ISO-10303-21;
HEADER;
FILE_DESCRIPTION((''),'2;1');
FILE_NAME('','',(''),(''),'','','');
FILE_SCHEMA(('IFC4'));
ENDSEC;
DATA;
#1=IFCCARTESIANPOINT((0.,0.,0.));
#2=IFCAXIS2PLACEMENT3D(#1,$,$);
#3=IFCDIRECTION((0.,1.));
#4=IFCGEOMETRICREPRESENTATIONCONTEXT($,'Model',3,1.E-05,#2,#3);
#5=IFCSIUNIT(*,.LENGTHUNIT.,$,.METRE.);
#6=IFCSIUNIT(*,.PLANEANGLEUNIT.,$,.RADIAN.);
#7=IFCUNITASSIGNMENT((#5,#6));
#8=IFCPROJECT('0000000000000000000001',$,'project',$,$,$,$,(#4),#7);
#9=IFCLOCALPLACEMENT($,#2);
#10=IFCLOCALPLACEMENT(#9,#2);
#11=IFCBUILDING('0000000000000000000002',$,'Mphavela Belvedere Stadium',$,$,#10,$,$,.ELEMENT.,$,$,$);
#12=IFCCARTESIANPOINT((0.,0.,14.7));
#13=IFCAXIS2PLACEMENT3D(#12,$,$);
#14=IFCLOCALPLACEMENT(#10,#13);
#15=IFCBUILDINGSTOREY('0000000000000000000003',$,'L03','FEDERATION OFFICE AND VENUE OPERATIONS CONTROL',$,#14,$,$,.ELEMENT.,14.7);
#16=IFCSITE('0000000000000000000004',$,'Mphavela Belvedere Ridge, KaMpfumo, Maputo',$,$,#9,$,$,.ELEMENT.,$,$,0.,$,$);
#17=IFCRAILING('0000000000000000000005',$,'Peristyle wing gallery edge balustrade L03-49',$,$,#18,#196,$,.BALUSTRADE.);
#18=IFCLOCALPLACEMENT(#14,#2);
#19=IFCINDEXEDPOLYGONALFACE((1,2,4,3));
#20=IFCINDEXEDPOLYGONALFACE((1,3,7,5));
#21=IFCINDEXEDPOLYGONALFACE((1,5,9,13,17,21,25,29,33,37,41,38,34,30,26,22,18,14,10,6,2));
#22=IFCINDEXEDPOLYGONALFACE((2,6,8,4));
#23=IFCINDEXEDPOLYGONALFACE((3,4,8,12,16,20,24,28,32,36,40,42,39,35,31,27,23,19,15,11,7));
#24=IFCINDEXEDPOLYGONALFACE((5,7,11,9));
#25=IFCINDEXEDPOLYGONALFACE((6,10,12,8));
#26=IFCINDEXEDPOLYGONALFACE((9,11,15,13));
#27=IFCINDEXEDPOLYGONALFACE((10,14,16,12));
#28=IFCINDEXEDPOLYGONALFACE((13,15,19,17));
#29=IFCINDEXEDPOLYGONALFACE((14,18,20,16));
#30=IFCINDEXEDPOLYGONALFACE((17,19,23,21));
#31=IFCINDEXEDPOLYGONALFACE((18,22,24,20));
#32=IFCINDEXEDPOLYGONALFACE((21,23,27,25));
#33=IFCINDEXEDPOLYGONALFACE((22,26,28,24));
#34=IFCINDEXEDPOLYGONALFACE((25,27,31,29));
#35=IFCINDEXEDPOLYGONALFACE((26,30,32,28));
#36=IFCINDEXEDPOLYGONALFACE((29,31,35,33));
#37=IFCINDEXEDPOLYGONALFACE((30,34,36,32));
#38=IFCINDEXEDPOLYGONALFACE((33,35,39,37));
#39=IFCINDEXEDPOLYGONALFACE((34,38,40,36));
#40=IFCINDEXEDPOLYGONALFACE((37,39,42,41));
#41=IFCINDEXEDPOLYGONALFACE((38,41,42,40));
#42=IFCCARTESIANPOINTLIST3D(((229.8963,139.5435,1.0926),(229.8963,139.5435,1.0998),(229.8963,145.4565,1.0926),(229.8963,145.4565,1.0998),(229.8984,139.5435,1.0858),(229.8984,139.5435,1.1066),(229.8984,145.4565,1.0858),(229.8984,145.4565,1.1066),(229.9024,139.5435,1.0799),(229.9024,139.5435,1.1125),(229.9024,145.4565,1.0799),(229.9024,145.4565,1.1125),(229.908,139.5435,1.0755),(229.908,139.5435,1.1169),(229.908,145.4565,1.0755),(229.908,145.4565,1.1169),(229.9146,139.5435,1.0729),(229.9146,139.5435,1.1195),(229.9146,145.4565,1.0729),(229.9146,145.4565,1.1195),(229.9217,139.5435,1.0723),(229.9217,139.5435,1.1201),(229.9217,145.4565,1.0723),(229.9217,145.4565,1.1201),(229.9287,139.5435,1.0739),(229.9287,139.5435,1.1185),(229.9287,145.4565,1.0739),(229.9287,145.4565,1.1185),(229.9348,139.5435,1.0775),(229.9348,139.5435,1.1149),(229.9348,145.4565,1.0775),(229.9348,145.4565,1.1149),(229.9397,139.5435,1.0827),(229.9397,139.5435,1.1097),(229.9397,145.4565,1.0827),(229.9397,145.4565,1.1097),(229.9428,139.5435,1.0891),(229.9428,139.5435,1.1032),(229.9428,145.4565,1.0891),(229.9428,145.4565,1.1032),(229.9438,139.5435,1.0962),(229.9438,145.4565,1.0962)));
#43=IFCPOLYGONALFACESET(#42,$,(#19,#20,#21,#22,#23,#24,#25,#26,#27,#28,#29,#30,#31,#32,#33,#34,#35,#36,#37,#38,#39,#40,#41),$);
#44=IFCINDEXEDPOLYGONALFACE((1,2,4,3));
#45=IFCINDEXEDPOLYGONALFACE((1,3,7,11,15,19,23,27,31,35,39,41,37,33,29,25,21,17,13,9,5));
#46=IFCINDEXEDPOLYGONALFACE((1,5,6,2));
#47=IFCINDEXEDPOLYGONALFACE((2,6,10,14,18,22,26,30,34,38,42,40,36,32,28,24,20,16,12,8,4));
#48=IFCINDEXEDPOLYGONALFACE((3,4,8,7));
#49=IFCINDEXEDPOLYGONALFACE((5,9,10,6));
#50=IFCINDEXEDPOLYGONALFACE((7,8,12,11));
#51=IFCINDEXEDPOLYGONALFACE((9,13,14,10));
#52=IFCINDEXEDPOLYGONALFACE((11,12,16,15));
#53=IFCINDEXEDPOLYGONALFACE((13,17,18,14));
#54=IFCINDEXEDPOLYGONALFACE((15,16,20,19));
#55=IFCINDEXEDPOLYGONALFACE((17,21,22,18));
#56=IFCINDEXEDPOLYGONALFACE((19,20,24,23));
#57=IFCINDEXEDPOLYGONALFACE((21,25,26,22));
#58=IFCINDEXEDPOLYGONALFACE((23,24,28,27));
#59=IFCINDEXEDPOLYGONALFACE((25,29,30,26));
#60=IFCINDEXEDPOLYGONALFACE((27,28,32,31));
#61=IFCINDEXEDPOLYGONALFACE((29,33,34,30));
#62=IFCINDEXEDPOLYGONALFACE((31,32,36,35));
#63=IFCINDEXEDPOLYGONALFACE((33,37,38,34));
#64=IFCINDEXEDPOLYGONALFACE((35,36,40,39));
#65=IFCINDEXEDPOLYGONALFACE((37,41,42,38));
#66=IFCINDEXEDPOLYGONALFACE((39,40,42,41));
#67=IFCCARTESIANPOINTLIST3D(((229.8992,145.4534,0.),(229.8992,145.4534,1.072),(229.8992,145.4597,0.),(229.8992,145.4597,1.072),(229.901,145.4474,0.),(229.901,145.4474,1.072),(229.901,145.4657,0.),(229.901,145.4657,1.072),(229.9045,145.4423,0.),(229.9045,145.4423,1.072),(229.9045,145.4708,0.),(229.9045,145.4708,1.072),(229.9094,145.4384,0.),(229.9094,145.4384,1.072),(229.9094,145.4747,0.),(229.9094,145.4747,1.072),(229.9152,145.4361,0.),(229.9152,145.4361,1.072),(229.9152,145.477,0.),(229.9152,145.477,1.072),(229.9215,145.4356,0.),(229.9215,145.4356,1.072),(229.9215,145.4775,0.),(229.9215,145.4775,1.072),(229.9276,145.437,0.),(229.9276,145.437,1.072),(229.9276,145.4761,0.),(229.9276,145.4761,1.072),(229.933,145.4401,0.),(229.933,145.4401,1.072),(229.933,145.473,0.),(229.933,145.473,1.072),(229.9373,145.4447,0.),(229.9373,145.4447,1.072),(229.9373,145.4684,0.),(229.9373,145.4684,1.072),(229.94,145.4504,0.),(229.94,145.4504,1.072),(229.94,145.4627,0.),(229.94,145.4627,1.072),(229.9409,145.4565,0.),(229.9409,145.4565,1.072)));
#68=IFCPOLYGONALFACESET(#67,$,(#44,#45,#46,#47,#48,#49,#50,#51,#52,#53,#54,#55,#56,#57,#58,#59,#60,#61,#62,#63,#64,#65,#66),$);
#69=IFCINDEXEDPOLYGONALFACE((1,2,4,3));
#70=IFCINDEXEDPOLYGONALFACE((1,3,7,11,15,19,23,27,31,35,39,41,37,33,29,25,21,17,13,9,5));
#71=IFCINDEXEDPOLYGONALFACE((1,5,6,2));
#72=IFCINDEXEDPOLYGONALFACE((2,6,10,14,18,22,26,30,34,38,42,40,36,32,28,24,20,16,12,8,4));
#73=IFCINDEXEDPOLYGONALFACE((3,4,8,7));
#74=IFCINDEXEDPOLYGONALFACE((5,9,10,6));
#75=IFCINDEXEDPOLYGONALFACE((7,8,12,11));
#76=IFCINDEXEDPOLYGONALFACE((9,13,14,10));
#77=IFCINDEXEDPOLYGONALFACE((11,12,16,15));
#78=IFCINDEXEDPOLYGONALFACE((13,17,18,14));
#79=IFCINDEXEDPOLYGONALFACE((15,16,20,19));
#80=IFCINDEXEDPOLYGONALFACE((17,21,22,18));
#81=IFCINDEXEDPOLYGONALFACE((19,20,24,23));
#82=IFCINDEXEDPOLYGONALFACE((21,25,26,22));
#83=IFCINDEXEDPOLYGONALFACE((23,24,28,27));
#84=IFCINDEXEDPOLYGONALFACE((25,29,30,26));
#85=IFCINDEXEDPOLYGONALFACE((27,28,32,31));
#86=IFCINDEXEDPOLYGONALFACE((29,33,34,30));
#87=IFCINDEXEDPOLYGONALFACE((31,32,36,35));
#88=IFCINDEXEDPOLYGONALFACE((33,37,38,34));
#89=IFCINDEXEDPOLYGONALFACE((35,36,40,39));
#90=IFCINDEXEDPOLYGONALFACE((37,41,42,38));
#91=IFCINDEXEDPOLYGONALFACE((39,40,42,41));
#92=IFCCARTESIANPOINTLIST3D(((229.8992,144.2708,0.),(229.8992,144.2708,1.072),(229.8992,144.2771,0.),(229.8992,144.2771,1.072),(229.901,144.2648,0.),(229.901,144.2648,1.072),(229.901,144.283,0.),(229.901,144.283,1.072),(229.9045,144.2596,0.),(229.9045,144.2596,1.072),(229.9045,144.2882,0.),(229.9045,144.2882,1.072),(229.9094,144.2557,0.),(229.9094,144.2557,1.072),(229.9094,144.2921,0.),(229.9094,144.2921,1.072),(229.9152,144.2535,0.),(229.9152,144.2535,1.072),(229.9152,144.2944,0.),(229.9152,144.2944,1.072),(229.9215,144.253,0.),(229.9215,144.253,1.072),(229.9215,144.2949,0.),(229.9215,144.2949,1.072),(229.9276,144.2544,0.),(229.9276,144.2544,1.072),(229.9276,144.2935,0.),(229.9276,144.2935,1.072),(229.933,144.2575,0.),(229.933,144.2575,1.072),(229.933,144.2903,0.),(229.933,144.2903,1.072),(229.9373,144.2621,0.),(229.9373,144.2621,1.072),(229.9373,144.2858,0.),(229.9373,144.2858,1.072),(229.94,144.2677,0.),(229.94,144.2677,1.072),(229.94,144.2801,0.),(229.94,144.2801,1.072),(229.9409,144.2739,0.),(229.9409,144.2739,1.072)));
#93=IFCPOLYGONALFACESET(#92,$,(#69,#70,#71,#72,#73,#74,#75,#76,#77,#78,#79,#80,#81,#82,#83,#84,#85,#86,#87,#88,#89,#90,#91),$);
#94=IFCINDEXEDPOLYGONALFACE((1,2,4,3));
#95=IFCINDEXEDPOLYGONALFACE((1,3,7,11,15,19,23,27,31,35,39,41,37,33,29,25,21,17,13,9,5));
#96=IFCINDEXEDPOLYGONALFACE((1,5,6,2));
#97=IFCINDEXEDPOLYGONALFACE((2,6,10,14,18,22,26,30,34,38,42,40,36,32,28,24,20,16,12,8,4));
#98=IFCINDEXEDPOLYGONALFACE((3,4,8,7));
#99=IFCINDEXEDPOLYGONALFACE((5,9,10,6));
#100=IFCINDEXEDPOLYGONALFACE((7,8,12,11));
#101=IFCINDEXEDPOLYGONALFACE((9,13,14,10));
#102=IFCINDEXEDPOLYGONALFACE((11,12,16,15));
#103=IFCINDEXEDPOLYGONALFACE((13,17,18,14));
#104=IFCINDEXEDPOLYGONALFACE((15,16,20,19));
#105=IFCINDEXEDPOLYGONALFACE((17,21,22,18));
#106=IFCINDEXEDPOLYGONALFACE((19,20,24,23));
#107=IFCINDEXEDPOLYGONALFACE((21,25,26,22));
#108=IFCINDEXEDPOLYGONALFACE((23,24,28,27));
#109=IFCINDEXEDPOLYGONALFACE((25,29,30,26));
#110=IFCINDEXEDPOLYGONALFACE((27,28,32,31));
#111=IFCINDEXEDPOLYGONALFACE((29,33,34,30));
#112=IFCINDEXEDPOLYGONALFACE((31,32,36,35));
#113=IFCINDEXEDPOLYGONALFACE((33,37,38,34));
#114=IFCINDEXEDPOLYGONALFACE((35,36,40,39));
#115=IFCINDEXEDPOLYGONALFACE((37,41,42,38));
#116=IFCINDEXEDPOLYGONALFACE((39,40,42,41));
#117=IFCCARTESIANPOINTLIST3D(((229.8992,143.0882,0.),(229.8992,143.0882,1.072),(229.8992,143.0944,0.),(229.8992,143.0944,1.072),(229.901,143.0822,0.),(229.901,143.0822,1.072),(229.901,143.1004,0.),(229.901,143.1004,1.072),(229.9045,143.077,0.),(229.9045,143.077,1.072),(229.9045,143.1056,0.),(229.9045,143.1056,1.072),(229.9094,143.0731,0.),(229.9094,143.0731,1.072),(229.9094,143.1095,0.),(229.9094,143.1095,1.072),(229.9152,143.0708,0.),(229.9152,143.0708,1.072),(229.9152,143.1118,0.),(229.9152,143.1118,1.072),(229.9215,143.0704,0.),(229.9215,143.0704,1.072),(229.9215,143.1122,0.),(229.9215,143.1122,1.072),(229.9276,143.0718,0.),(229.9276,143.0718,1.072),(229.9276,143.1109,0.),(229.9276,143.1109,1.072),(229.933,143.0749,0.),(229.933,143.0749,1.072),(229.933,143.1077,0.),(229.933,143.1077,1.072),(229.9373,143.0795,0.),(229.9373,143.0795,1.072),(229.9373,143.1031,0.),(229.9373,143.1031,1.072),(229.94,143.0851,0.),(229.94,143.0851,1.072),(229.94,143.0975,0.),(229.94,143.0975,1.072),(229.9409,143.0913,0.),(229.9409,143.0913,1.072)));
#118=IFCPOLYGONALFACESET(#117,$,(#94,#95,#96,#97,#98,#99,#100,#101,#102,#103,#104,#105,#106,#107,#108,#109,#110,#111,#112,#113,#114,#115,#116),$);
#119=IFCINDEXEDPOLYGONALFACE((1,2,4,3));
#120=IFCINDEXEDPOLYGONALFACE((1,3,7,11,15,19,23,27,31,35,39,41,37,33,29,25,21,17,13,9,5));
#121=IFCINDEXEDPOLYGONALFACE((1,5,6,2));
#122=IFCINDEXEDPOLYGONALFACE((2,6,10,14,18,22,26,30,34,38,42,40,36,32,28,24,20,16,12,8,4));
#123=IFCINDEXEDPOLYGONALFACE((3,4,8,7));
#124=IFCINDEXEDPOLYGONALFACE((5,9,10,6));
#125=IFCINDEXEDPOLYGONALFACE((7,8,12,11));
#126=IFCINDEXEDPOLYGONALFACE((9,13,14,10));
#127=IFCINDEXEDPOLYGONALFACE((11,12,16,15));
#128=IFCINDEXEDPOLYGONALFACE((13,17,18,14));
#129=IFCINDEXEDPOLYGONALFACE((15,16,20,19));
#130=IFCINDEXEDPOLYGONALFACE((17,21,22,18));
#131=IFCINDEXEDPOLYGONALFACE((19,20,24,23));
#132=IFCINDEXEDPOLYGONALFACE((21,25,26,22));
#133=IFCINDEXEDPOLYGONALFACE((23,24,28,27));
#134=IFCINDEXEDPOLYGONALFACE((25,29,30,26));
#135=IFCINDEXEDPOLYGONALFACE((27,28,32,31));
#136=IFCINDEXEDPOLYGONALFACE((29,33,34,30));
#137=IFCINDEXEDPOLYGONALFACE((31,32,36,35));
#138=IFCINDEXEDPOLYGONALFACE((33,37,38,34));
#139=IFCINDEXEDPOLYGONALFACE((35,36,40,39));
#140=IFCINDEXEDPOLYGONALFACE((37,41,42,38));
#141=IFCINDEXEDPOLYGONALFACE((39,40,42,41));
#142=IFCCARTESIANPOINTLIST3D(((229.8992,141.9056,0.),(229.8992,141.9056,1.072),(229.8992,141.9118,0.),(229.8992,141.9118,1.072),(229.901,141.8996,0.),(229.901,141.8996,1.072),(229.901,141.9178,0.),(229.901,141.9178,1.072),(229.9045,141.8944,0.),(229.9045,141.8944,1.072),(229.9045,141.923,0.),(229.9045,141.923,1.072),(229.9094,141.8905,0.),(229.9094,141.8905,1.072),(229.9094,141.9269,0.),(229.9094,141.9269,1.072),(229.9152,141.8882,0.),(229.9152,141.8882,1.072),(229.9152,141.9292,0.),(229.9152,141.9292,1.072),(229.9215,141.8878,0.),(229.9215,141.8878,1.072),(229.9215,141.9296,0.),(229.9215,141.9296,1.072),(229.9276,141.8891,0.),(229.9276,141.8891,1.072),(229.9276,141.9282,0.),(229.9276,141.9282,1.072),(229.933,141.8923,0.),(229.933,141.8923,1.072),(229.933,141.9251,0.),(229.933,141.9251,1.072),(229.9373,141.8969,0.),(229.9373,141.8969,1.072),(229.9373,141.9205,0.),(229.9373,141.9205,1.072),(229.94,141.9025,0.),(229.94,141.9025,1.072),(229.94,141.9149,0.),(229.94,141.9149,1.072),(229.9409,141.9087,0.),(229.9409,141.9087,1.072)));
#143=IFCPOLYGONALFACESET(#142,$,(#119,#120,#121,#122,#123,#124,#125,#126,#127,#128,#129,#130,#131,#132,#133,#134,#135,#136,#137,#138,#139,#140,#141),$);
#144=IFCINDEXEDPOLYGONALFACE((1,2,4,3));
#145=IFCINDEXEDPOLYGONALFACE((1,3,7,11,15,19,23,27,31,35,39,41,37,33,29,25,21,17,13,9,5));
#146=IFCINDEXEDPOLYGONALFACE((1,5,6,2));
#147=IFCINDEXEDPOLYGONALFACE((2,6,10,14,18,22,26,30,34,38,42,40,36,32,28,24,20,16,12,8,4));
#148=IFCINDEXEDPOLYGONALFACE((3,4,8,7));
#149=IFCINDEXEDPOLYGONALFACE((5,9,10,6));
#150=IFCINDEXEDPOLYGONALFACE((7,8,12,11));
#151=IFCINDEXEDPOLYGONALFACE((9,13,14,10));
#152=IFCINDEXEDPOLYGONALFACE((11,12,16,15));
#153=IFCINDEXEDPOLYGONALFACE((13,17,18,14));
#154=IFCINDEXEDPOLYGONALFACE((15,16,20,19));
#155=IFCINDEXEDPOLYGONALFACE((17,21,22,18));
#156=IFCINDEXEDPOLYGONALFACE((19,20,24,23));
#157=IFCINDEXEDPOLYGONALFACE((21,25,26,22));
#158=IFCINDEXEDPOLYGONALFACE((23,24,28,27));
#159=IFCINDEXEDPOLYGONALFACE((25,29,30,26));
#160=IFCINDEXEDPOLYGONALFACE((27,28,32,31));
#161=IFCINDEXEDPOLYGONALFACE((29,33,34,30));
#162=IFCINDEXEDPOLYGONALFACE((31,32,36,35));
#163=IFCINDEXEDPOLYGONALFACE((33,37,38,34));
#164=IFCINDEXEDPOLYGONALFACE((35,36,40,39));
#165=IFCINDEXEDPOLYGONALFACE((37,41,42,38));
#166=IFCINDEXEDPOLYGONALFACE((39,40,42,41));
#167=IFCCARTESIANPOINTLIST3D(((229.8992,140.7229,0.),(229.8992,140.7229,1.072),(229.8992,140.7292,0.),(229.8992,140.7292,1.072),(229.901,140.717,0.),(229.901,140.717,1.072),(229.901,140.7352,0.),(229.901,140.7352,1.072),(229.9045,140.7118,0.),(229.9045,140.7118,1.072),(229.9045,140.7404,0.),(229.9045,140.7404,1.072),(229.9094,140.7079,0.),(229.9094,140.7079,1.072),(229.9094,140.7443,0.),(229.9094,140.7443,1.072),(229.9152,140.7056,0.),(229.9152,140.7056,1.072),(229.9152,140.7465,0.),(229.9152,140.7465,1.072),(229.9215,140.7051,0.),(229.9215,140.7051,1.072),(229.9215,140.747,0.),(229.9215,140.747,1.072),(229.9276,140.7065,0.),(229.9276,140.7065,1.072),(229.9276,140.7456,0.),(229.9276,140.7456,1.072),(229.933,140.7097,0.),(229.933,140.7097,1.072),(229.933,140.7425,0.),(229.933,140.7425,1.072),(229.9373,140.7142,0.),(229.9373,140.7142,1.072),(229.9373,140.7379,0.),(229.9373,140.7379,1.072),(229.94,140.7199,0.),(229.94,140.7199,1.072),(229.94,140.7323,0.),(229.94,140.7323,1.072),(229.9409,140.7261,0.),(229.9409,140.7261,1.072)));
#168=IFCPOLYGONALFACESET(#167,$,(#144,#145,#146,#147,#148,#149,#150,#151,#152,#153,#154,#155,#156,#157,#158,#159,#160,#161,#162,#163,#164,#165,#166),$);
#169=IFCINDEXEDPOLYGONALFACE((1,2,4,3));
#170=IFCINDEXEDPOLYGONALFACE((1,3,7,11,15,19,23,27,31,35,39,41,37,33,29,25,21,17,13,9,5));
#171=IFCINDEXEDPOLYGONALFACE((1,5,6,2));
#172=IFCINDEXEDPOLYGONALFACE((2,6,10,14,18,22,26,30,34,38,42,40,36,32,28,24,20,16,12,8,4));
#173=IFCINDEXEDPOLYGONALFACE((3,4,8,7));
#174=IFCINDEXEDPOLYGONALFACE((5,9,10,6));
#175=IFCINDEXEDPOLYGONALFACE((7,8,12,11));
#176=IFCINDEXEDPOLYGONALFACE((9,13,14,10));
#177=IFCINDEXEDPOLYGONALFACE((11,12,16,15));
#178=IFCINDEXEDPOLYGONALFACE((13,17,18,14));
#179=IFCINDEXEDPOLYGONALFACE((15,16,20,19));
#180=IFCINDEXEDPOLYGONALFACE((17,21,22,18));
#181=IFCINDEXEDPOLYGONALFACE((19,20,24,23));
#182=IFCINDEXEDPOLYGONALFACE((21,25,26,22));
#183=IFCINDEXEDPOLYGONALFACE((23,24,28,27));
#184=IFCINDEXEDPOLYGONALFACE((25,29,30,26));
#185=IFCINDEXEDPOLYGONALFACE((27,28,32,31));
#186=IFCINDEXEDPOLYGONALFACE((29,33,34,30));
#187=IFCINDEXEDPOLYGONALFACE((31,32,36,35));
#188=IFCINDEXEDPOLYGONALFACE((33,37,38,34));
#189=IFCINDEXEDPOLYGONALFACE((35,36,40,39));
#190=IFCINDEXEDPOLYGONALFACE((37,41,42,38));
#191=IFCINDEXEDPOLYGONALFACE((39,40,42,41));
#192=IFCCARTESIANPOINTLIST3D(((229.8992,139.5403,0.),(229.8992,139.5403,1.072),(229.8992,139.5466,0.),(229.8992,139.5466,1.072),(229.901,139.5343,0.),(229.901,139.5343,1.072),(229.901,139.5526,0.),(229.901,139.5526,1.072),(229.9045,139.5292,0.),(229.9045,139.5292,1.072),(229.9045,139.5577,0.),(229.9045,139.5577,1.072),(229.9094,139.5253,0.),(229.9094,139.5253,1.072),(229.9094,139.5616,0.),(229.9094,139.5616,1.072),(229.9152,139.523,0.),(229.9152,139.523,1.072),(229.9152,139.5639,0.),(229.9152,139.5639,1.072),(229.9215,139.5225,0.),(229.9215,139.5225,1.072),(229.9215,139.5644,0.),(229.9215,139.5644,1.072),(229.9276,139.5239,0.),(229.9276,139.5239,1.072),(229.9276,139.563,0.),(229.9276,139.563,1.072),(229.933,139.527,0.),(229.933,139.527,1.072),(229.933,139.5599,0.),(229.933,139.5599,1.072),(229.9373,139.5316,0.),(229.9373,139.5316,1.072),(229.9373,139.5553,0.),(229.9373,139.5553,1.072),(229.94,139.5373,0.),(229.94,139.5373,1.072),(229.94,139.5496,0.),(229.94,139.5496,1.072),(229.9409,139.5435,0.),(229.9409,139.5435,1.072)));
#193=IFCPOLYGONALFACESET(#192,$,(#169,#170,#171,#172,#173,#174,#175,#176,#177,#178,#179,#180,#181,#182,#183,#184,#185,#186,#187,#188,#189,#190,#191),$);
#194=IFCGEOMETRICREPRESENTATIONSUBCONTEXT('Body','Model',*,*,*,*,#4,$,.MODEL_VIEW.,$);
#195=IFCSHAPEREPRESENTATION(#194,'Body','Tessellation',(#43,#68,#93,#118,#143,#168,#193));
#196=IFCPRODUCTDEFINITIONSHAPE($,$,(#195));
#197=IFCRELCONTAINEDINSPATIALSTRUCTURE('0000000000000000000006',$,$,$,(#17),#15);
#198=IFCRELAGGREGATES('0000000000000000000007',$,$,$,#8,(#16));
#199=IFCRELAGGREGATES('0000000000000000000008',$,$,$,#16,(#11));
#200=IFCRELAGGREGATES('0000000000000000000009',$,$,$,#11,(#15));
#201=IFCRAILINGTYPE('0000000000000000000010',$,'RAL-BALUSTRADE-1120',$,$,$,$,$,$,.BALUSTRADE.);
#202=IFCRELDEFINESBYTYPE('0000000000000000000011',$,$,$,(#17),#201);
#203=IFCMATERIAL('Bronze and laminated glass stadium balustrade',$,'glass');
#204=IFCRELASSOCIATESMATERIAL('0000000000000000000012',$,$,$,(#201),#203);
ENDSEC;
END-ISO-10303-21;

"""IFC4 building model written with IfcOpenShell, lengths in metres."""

from ifc_helpers import new_model, si_unit, direction, frame, origin, origin_2d, place, context, subcontext, project, spatial, circle, extrude, material, type_object, element, save


model = new_model("IFC4")

# Units and contexts
model_context = context("Model", 3, precision=1e-05, world=origin(), true_north=direction((0.0, 1.0)))
body_context = subcontext(model_context, "Body", "Model", "MODEL_VIEW")
ifc_project = project(units=[si_unit("LENGTHUNIT", "METRE"), si_unit("PLANEANGLEUNIT", "RADIAN")], contexts=[model_context])

# Site, building, storey
site_placement = place(None, origin())
site = spatial("IfcSite", under=ifc_project, at=site_placement, Name="Mphavela Belvedere Ridge, KaMpfumo, Maputo", CompositionType="ELEMENT", RefElevation=0.0)
building_placement = place(site_placement, origin())
building = spatial("IfcBuilding", under=site, at=building_placement, Name="Mphavela Belvedere Stadium", CompositionType="ELEMENT")
storey_placement = place(building_placement, frame((0.0, 0.0, 14.7)))
storey = spatial("IfcBuildingStorey", under=building, at=storey_placement, Name="L03", Description="FEDERATION OFFICE AND VENUE OPERATIONS CONTROL", CompositionType="ELEMENT", Elevation=14.7)

# Railing
ifc_material_1 = material(Name="Bronze and laminated glass stadium balustrade", Category="glass")
railing_type = type_object("IfcRailingType", Name="RAL-BALUSTRADE-1120", PredefinedType="BALUSTRADE", material=ifc_material_1)
for number, where, name in (
    (1, (229.9199, 145.4565, 0.0), "Peristyle wing gallery edge balustrade L03-49"),
):
    element("IfcRailing", number, at=place(storey_placement, frame(where)), inside=storey, type_object=railing_type, Name=name, PredefinedType="BALUSTRADE", context=body_context, shape_type="SweptSolid", body=[
        extrude(circle(Radius=0.0239, at=origin_2d()), frame((0.0, 0.0, 1.0962), z_axis=(0.0, -1.0, 0.0), x_axis=(1.0, 0.0, 0.0)), (0.0, 0.0, 1.0), 5.9131),
        extrude(circle(Radius=0.021, at=origin_2d()), origin(), (0.0, 0.0, 1.0), 1.072),
        extrude(circle(Radius=0.021, at=origin_2d()), frame((0.0, -1.1826, 0.0)), (0.0, 0.0, 1.0), 1.072),
        extrude(circle(Radius=0.021, at=origin_2d()), frame((0.0, -2.3652, 0.0)), (0.0, 0.0, 1.0), 1.072),
        extrude(circle(Radius=0.021, at=origin_2d()), frame((0.0, -3.5479, 0.0)), (0.0, 0.0, 1.0), 1.072),
        extrude(circle(Radius=0.021, at=origin_2d()), frame((0.0, -4.7305, 0.0)), (0.0, 0.0, 1.0), 1.072),
        extrude(circle(Radius=0.021, at=origin_2d()), frame((0.0, -5.9131, 0.0)), (0.0, 0.0, 1.0), 1.072),
    ])

save(model, "model.ifc")
